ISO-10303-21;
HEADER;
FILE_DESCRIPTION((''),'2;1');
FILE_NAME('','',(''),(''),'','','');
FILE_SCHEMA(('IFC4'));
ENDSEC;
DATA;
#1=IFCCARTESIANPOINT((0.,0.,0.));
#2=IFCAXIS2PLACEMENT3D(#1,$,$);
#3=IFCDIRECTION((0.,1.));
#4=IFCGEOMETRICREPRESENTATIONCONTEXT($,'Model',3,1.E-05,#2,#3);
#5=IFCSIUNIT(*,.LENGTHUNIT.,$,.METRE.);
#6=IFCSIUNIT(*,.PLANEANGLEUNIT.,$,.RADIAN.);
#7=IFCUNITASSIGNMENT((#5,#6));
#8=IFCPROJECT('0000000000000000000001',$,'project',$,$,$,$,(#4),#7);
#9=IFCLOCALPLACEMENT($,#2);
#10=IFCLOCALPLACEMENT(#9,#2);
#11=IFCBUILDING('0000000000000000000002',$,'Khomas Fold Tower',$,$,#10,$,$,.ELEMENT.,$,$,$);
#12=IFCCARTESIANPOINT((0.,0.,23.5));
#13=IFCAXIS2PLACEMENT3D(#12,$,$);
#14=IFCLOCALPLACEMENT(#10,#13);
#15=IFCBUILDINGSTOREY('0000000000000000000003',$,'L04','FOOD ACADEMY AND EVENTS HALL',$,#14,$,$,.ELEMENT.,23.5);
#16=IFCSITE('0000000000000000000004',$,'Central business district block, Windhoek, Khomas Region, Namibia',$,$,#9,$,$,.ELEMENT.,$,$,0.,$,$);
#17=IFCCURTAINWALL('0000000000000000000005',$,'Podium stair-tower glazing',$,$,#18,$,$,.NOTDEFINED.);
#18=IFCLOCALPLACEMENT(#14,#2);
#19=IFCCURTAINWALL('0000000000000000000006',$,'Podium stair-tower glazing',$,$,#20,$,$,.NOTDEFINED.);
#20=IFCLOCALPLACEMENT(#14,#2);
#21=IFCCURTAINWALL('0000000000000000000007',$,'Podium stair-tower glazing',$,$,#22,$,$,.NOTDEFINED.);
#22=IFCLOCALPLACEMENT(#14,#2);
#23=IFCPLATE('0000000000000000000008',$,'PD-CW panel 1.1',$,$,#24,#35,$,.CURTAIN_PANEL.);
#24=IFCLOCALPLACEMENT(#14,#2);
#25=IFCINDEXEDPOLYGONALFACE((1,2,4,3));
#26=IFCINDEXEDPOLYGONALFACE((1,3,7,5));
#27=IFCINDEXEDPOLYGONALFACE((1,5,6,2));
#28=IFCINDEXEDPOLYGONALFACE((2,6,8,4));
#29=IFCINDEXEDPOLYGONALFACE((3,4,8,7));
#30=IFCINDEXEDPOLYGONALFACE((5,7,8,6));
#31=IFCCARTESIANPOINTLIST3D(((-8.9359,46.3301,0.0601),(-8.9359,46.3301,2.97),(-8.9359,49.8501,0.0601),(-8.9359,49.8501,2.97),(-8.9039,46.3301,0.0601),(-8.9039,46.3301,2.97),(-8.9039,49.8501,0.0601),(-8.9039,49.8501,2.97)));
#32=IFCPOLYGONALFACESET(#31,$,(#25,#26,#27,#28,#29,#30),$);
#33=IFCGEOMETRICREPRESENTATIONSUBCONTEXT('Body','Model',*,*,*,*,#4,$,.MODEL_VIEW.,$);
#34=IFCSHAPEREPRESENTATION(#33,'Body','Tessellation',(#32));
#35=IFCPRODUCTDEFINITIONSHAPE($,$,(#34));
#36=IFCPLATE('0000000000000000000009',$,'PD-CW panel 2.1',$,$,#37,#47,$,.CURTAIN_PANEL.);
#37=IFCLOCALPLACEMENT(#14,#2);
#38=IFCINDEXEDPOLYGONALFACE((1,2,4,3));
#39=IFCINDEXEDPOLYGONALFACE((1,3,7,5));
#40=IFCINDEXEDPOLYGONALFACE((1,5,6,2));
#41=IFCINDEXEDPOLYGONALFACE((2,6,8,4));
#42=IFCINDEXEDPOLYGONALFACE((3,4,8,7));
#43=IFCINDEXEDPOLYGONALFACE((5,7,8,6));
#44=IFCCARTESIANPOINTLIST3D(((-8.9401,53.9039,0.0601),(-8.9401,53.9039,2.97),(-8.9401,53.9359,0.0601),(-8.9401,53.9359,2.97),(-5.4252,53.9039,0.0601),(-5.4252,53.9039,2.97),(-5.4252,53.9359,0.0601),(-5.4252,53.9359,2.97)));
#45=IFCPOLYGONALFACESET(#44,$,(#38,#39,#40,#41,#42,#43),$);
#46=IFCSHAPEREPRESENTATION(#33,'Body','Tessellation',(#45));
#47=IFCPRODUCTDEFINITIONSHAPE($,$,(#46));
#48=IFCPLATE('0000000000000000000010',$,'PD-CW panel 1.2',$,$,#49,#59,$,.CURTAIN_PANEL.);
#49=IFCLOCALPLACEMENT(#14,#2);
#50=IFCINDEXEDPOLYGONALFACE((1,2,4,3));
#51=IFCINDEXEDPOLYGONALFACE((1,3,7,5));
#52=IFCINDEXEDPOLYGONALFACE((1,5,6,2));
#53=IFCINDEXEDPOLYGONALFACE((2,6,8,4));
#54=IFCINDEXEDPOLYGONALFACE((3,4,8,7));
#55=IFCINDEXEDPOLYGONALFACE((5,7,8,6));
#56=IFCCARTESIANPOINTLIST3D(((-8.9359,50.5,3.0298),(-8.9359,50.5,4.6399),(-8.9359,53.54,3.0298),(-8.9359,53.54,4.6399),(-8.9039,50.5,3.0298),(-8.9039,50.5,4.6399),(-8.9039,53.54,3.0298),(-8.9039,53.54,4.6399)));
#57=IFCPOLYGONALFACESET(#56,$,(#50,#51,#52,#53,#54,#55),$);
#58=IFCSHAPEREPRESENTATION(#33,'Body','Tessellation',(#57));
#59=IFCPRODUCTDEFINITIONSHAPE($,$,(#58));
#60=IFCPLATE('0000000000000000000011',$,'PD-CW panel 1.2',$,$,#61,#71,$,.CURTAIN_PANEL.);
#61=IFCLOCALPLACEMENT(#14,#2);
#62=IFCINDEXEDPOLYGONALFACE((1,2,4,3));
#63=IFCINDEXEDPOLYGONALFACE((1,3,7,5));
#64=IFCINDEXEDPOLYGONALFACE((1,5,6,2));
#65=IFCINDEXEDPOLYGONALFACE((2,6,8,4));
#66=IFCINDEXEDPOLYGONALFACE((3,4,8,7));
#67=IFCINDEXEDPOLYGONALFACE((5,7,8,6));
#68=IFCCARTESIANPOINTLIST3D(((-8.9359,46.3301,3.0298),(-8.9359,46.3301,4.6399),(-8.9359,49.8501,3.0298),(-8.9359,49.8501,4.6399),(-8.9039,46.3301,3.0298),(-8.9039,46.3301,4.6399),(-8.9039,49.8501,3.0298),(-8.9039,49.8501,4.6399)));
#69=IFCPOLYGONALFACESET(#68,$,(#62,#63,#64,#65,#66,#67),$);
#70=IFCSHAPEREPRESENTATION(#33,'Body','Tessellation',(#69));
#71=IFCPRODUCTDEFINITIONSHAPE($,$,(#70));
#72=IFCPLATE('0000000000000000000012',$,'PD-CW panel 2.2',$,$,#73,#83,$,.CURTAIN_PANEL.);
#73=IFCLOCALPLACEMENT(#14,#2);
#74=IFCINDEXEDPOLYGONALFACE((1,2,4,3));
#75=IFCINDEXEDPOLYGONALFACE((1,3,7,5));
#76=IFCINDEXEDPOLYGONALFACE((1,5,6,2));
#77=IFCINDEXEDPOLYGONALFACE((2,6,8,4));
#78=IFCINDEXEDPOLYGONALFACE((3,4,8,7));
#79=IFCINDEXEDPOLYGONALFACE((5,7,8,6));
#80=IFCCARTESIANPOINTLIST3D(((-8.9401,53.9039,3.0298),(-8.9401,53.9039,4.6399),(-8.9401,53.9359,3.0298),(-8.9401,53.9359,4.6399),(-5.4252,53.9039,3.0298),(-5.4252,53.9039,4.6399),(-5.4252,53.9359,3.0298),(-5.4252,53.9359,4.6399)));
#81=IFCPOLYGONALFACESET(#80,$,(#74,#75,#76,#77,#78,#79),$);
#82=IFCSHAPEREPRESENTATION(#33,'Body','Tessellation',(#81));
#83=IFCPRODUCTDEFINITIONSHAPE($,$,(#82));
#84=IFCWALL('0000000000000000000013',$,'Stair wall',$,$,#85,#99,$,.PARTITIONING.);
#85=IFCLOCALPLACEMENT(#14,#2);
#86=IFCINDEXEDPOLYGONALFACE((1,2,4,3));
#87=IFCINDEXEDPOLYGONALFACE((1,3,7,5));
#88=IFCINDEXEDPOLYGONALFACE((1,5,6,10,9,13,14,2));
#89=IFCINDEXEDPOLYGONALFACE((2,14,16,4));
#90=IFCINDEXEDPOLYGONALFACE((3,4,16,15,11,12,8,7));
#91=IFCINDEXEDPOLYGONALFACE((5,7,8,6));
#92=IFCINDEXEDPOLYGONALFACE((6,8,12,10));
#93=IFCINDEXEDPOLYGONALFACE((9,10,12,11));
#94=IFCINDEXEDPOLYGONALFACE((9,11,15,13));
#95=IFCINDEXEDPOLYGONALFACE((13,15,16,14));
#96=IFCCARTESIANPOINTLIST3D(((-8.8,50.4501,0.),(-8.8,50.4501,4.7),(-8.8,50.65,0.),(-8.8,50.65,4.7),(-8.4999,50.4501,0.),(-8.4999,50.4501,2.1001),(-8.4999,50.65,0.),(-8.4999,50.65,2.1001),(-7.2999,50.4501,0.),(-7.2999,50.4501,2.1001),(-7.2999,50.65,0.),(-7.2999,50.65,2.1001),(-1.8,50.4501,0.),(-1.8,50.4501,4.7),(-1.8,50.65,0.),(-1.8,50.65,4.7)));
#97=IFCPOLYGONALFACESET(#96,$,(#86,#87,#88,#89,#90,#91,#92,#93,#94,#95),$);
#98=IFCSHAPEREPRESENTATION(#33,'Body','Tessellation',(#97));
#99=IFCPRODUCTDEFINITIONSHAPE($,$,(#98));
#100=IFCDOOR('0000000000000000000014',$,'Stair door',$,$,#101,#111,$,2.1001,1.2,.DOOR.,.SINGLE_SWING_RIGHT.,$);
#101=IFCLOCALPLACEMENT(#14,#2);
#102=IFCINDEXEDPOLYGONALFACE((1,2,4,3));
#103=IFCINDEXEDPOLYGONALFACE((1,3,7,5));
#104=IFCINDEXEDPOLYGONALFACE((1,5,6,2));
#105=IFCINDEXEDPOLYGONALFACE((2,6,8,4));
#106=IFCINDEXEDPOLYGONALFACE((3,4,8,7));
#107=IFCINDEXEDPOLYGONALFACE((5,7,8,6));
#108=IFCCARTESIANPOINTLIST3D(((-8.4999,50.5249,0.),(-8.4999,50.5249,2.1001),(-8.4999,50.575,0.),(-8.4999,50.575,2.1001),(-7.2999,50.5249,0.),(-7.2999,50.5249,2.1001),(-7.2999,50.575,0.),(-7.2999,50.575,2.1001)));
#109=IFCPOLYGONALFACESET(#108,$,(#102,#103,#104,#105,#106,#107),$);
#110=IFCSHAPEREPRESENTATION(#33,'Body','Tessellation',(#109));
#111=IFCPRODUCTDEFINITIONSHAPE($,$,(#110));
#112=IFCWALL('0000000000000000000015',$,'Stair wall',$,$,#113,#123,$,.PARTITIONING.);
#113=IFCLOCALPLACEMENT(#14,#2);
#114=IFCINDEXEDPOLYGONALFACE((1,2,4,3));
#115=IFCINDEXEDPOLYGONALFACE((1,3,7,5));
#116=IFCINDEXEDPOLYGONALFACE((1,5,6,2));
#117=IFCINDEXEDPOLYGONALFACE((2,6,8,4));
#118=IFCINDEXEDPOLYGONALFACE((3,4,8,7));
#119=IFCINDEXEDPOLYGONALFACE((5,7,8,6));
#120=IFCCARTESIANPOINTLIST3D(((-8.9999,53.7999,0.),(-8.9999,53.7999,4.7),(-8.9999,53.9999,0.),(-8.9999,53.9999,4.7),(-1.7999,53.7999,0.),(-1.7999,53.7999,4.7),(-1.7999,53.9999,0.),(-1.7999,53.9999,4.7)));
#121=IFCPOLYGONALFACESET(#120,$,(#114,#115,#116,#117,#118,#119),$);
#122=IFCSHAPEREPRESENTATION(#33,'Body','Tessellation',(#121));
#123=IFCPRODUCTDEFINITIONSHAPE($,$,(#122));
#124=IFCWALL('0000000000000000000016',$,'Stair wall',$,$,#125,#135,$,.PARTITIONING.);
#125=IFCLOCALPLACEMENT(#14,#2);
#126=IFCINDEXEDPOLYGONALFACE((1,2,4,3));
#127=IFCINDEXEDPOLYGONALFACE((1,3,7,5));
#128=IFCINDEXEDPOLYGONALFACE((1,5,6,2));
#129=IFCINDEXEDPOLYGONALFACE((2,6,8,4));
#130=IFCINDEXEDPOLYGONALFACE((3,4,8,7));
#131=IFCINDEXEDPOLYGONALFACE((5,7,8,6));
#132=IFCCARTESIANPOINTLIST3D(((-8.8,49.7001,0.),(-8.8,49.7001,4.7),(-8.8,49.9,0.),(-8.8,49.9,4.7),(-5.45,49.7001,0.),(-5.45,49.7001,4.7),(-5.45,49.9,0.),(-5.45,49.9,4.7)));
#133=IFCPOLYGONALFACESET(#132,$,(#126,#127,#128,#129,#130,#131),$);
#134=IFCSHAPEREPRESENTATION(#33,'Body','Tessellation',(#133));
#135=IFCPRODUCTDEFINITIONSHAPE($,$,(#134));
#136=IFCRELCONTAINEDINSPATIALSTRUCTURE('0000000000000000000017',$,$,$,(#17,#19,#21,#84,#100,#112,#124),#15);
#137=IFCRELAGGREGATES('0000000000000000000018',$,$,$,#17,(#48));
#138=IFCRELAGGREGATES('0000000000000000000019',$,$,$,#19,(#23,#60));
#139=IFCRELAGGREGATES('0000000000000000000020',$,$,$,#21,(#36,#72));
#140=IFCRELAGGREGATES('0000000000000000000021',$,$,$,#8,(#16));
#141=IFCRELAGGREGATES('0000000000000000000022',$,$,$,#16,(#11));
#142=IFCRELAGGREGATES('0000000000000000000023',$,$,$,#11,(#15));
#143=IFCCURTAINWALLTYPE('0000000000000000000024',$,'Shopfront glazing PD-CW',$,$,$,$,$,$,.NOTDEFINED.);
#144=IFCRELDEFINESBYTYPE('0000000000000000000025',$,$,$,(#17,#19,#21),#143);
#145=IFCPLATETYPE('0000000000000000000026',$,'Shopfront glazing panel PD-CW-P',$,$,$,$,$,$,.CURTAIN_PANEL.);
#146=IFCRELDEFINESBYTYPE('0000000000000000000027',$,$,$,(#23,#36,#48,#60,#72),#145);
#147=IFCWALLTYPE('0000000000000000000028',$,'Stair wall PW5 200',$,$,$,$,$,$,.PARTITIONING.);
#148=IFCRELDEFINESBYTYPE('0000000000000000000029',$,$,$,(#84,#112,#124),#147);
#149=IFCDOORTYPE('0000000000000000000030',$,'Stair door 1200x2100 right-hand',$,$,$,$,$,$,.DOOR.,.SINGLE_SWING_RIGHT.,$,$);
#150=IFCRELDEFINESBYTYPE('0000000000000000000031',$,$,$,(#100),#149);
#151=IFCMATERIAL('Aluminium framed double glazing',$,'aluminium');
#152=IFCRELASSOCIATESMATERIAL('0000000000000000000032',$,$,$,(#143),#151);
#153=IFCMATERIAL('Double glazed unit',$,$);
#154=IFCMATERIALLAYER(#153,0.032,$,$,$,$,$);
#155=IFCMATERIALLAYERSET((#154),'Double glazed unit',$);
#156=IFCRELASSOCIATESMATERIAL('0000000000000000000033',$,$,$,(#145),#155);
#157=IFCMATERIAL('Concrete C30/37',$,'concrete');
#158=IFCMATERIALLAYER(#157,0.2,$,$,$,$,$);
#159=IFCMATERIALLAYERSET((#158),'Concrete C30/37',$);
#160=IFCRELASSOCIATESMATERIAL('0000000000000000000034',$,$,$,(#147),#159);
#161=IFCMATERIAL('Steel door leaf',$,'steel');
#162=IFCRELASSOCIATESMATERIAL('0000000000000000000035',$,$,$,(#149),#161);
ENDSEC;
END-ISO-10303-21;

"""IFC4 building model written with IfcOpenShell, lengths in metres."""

from ifc_helpers import new_model, si_unit, direction, frame, frame_2d, origin, origin_2d, place, context, subcontext, project, spatial, rectangle, extrude, source, transform, mapped, material, layer, layer_set, type_object, element, fill, aggregate, save


model = new_model("IFC4")

# Units and contexts
model_context = context("Model", 3, precision=1e-05, world=origin(), true_north=direction((0.0, 1.0)))
body_context = subcontext(model_context, "Body", "Model", "MODEL_VIEW")
ifc_project = project(units=[si_unit("LENGTHUNIT", "METRE"), si_unit("PLANEANGLEUNIT", "RADIAN")], contexts=[model_context])

# Site, building, storey
site_placement = place(None, origin())
site = spatial("IfcSite", under=ifc_project, at=site_placement, Name="Central business district block, Windhoek, Khomas Region, Namibia", CompositionType="ELEMENT", RefElevation=0.0)
building_placement = place(site_placement, origin())
building = spatial("IfcBuilding", under=site, at=building_placement, Name="Khomas Fold Tower", CompositionType="ELEMENT")
storey_placement = place(building_placement, frame((0.0, 0.0, 23.5)))
storey = spatial("IfcBuildingStorey", under=building, at=storey_placement, Name="L04", Description="FOOD ACADEMY AND EVENTS HALL", CompositionType="ELEMENT", Elevation=23.5)

# Curtain walls
ifc_material_1 = material(Name="Aluminium framed double glazing", Category="aluminium")
curtain_wall_type = type_object("IfcCurtainWallType", Name="Shopfront glazing PD-CW", PredefinedType="NOTDEFINED", material=ifc_material_1)
curtain_wall_1_placement = place(storey_placement, origin())
curtain_wall_1 = element("IfcCurtainWall", 1, at=curtain_wall_1_placement, inside=storey, type_object=curtain_wall_type, Name="Podium stair-tower glazing", PredefinedType="NOTDEFINED")
curtain_wall_2_placement = place(storey_placement, origin())
curtain_wall_2 = element("IfcCurtainWall", 2, at=curtain_wall_2_placement, inside=storey, type_object=curtain_wall_type, Name="Podium stair-tower glazing", PredefinedType="NOTDEFINED")

# Curtain wall
curtain_wall_3_placement = place(storey_placement, origin())
curtain_wall_3 = element("IfcCurtainWall", 3, at=curtain_wall_3_placement, inside=storey, type_object=curtain_wall_type, Name="Podium stair-tower glazing", PredefinedType="NOTDEFINED")

# Plates
ifc_material_2 = material(Name="Double glazed unit")
ifc_layer_1 = layer(ifc_material_2, 0.032)
ifc_layer_set_1 = layer_set([ifc_layer_1], Name="Double glazed unit")
plate_type = type_object("IfcPlateType", Name="Shopfront glazing panel PD-CW-P", PredefinedType="CURTAIN_PANEL", material=ifc_layer_set_1)
shared_shape_1 = source(origin(), body_context, "Body", "SweptSolid", [
    extrude(rectangle(XDim=3.52, YDim=0.032, at=origin_2d()), origin(), (0.0, 0.0, 1.0), 2.9099),
])
plate_1_placement = place(storey_placement, frame((-8.9199, 48.0901, 0.0601), z_axis=(0.0, 0.0, 1.0), x_axis=(0.0, -1.0, 0.0)))
plate_1 = element("IfcPlate", 4, at=plate_1_placement, type_object=plate_type, Name="PD-CW panel 1.1", PredefinedType="CURTAIN_PANEL", context=body_context, shape_type="MappedRepresentation", body=[
    mapped(shared_shape_1, transform((0.0, 0.0, 0.0))),
])
shared_shape_2 = source(origin(), body_context, "Body", "SweptSolid", [
    extrude(rectangle(XDim=3.5149, YDim=0.032, at=origin_2d()), origin(), (0.0, 0.0, 1.0), 2.9099),
])
plate_2_placement = place(storey_placement, frame((-7.1826, 53.9199, 0.0601), z_axis=(0.0, 0.0, 1.0), x_axis=(-1.0, 0.0, 0.0)))
plate_2 = element("IfcPlate", 5, at=plate_2_placement, type_object=plate_type, Name="PD-CW panel 2.1", PredefinedType="CURTAIN_PANEL", context=body_context, shape_type="MappedRepresentation", body=[
    mapped(shared_shape_2, transform((0.0, 0.0, 0.0))),
])
shared_shape_3 = source(origin(), body_context, "Body", "SweptSolid", [
    extrude(rectangle(XDim=3.04, YDim=0.032, at=origin_2d()), origin(), (0.0, 0.0, 1.0), 1.6101),
])
plate_3_placement = place(storey_placement, frame((-8.9199, 52.02, 3.0298), z_axis=(0.0, 0.0, 1.0), x_axis=(0.0, -1.0, 0.0)))
plate_3 = element("IfcPlate", 6, at=plate_3_placement, type_object=plate_type, Name="PD-CW panel 1.2", PredefinedType="CURTAIN_PANEL", context=body_context, shape_type="MappedRepresentation", body=[
    mapped(shared_shape_3, transform((0.0, 0.0, 0.0))),
])
aggregate(curtain_wall_1, [plate_3])
shared_shape_4 = source(origin(), body_context, "Body", "SweptSolid", [
    extrude(rectangle(XDim=3.52, YDim=0.032, at=origin_2d()), origin(), (0.0, 0.0, 1.0), 1.6101),
])
plate_4_placement = place(storey_placement, frame((-8.9199, 48.0901, 3.0298), z_axis=(0.0, 0.0, 1.0), x_axis=(0.0, -1.0, 0.0)))
plate_4 = element("IfcPlate", 7, at=plate_4_placement, type_object=plate_type, Name="PD-CW panel 1.2", PredefinedType="CURTAIN_PANEL", context=body_context, shape_type="MappedRepresentation", body=[
    mapped(shared_shape_4, transform((0.0, 0.0, 0.0))),
])
aggregate(curtain_wall_2, [plate_1, plate_4])
shared_shape_5 = source(origin(), body_context, "Body", "SweptSolid", [
    extrude(rectangle(XDim=3.5149, YDim=0.032, at=origin_2d()), origin(), (0.0, 0.0, 1.0), 1.6101),
])
plate_5_placement = place(storey_placement, frame((-7.1826, 53.9199, 3.0298), z_axis=(0.0, 0.0, 1.0), x_axis=(-1.0, 0.0, 0.0)))
plate_5 = element("IfcPlate", 8, at=plate_5_placement, type_object=plate_type, Name="PD-CW panel 2.2", PredefinedType="CURTAIN_PANEL", context=body_context, shape_type="MappedRepresentation", body=[
    mapped(shared_shape_5, transform((0.0, 0.0, 0.0))),
])
aggregate(curtain_wall_3, [plate_2, plate_5])

# Wall, opening, door
ifc_material_3 = material(Name="Concrete C30/37", Category="concrete")
ifc_layer_2 = layer(ifc_material_3, 0.2)
ifc_layer_set_2 = layer_set([ifc_layer_2], Name="Concrete C30/37")
wall_type = type_object("IfcWallType", Name="Stair wall PW5 200", PredefinedType="PARTITIONING", material=ifc_layer_set_2)
shared_shape_6 = source(origin(), body_context, "Body", "SweptSolid", [
    extrude(rectangle(XDim=7.0, YDim=0.2, at=frame_2d((3.5, 0.0))), origin(), (0.0, 0.0, 1.0), 4.7),
])
wall_1_placement = place(storey_placement, frame((-8.8, 50.55, 0.0), z_axis=(0.0, 0.0, 1.0), x_axis=(1.0, 0.0, 0.0)))
wall_1 = element("IfcWall", 9, at=wall_1_placement, inside=storey, type_object=wall_type, Name="Stair wall", PredefinedType="PARTITIONING", context=body_context, shape_type="MappedRepresentation", body=[
    mapped(shared_shape_6, transform((0.0, 0.0, 0.0))),
])
shared_shape_7 = source(origin(), body_context, "Body", "SweptSolid", [
    extrude(rectangle(XDim=1.2, YDim=2.1001, at=frame_2d((0.6001, 1.05))), frame((0.0, 0.1099, 0.0), z_axis=(0.0, -1.0, 0.0), x_axis=(1.0, 0.0, 0.0)), (0.0, 0.0, 1.0), 0.22),
])
opening_placement = place(wall_1_placement, frame((0.3, 0.0, 0.0)))
opening = element("IfcOpeningElement", 10, at=opening_placement, cuts=wall_1, PredefinedType="OPENING", context=body_context, shape_type="MappedRepresentation", body=[
    mapped(shared_shape_7, transform((0.0, 0.0, 0.0))),
])
ifc_material_4 = material(Name="Steel door leaf", Category="steel")
door_type = type_object("IfcDoorType", Name="Stair door 1200x2100 right-hand", OperationType="SINGLE_SWING_RIGHT", PredefinedType="DOOR", material=ifc_material_4)
shared_shape_8 = source(origin(), body_context, "Body", "SweptSolid", [
    extrude(rectangle(XDim=1.2, YDim=2.1001, at=frame_2d((0.6001, 1.05))), frame((0.0, 0.0249, 0.0), z_axis=(0.0, -1.0, 0.0), x_axis=(1.0, 0.0, 0.0)), (0.0, 0.0, 1.0), 0.05),
])
door_placement = place(opening_placement, origin())
door = element("IfcDoor", 11, at=door_placement, inside=storey, type_object=door_type, Name="Stair door", OperationType="SINGLE_SWING_RIGHT", OverallHeight=2.1001, OverallWidth=1.2, PredefinedType="DOOR", context=body_context, shape_type="MappedRepresentation", body=[
    mapped(shared_shape_8, transform((0.0, 0.0, 0.0))),
])
fill(opening, door)

# Walls
shared_shape_9 = source(origin(), body_context, "Body", "SweptSolid", [
    extrude(rectangle(XDim=7.2, YDim=0.2, at=frame_2d((3.6001, 0.0))), origin(), (0.0, 0.0, 1.0), 4.7),
])
wall_2_placement = place(storey_placement, frame((-9.0, 53.8999, 0.0), z_axis=(0.0, 0.0, 1.0), x_axis=(1.0, 0.0, 0.0)))
element("IfcWall", 12, at=wall_2_placement, inside=storey, type_object=wall_type, Name="Stair wall", PredefinedType="PARTITIONING", context=body_context, shape_type="MappedRepresentation", body=[
    mapped(shared_shape_9, transform((0.0, 0.0, 0.0))),
])
shared_shape_10 = source(origin(), body_context, "Body", "SweptSolid", [
    extrude(rectangle(XDim=3.3501, YDim=0.2, at=frame_2d((1.675, 0.0))), origin(), (0.0, 0.0, 1.0), 4.7),
])
wall_3_placement = place(storey_placement, frame((-8.8, 49.8, 0.0), z_axis=(0.0, 0.0, 1.0), x_axis=(1.0, 0.0, 0.0)))
element("IfcWall", 13, at=wall_3_placement, inside=storey, type_object=wall_type, Name="Stair wall", PredefinedType="PARTITIONING", context=body_context, shape_type="MappedRepresentation", body=[
    mapped(shared_shape_10, transform((0.0, 0.0, 0.0))),
])

save(model, "model.ifc")
